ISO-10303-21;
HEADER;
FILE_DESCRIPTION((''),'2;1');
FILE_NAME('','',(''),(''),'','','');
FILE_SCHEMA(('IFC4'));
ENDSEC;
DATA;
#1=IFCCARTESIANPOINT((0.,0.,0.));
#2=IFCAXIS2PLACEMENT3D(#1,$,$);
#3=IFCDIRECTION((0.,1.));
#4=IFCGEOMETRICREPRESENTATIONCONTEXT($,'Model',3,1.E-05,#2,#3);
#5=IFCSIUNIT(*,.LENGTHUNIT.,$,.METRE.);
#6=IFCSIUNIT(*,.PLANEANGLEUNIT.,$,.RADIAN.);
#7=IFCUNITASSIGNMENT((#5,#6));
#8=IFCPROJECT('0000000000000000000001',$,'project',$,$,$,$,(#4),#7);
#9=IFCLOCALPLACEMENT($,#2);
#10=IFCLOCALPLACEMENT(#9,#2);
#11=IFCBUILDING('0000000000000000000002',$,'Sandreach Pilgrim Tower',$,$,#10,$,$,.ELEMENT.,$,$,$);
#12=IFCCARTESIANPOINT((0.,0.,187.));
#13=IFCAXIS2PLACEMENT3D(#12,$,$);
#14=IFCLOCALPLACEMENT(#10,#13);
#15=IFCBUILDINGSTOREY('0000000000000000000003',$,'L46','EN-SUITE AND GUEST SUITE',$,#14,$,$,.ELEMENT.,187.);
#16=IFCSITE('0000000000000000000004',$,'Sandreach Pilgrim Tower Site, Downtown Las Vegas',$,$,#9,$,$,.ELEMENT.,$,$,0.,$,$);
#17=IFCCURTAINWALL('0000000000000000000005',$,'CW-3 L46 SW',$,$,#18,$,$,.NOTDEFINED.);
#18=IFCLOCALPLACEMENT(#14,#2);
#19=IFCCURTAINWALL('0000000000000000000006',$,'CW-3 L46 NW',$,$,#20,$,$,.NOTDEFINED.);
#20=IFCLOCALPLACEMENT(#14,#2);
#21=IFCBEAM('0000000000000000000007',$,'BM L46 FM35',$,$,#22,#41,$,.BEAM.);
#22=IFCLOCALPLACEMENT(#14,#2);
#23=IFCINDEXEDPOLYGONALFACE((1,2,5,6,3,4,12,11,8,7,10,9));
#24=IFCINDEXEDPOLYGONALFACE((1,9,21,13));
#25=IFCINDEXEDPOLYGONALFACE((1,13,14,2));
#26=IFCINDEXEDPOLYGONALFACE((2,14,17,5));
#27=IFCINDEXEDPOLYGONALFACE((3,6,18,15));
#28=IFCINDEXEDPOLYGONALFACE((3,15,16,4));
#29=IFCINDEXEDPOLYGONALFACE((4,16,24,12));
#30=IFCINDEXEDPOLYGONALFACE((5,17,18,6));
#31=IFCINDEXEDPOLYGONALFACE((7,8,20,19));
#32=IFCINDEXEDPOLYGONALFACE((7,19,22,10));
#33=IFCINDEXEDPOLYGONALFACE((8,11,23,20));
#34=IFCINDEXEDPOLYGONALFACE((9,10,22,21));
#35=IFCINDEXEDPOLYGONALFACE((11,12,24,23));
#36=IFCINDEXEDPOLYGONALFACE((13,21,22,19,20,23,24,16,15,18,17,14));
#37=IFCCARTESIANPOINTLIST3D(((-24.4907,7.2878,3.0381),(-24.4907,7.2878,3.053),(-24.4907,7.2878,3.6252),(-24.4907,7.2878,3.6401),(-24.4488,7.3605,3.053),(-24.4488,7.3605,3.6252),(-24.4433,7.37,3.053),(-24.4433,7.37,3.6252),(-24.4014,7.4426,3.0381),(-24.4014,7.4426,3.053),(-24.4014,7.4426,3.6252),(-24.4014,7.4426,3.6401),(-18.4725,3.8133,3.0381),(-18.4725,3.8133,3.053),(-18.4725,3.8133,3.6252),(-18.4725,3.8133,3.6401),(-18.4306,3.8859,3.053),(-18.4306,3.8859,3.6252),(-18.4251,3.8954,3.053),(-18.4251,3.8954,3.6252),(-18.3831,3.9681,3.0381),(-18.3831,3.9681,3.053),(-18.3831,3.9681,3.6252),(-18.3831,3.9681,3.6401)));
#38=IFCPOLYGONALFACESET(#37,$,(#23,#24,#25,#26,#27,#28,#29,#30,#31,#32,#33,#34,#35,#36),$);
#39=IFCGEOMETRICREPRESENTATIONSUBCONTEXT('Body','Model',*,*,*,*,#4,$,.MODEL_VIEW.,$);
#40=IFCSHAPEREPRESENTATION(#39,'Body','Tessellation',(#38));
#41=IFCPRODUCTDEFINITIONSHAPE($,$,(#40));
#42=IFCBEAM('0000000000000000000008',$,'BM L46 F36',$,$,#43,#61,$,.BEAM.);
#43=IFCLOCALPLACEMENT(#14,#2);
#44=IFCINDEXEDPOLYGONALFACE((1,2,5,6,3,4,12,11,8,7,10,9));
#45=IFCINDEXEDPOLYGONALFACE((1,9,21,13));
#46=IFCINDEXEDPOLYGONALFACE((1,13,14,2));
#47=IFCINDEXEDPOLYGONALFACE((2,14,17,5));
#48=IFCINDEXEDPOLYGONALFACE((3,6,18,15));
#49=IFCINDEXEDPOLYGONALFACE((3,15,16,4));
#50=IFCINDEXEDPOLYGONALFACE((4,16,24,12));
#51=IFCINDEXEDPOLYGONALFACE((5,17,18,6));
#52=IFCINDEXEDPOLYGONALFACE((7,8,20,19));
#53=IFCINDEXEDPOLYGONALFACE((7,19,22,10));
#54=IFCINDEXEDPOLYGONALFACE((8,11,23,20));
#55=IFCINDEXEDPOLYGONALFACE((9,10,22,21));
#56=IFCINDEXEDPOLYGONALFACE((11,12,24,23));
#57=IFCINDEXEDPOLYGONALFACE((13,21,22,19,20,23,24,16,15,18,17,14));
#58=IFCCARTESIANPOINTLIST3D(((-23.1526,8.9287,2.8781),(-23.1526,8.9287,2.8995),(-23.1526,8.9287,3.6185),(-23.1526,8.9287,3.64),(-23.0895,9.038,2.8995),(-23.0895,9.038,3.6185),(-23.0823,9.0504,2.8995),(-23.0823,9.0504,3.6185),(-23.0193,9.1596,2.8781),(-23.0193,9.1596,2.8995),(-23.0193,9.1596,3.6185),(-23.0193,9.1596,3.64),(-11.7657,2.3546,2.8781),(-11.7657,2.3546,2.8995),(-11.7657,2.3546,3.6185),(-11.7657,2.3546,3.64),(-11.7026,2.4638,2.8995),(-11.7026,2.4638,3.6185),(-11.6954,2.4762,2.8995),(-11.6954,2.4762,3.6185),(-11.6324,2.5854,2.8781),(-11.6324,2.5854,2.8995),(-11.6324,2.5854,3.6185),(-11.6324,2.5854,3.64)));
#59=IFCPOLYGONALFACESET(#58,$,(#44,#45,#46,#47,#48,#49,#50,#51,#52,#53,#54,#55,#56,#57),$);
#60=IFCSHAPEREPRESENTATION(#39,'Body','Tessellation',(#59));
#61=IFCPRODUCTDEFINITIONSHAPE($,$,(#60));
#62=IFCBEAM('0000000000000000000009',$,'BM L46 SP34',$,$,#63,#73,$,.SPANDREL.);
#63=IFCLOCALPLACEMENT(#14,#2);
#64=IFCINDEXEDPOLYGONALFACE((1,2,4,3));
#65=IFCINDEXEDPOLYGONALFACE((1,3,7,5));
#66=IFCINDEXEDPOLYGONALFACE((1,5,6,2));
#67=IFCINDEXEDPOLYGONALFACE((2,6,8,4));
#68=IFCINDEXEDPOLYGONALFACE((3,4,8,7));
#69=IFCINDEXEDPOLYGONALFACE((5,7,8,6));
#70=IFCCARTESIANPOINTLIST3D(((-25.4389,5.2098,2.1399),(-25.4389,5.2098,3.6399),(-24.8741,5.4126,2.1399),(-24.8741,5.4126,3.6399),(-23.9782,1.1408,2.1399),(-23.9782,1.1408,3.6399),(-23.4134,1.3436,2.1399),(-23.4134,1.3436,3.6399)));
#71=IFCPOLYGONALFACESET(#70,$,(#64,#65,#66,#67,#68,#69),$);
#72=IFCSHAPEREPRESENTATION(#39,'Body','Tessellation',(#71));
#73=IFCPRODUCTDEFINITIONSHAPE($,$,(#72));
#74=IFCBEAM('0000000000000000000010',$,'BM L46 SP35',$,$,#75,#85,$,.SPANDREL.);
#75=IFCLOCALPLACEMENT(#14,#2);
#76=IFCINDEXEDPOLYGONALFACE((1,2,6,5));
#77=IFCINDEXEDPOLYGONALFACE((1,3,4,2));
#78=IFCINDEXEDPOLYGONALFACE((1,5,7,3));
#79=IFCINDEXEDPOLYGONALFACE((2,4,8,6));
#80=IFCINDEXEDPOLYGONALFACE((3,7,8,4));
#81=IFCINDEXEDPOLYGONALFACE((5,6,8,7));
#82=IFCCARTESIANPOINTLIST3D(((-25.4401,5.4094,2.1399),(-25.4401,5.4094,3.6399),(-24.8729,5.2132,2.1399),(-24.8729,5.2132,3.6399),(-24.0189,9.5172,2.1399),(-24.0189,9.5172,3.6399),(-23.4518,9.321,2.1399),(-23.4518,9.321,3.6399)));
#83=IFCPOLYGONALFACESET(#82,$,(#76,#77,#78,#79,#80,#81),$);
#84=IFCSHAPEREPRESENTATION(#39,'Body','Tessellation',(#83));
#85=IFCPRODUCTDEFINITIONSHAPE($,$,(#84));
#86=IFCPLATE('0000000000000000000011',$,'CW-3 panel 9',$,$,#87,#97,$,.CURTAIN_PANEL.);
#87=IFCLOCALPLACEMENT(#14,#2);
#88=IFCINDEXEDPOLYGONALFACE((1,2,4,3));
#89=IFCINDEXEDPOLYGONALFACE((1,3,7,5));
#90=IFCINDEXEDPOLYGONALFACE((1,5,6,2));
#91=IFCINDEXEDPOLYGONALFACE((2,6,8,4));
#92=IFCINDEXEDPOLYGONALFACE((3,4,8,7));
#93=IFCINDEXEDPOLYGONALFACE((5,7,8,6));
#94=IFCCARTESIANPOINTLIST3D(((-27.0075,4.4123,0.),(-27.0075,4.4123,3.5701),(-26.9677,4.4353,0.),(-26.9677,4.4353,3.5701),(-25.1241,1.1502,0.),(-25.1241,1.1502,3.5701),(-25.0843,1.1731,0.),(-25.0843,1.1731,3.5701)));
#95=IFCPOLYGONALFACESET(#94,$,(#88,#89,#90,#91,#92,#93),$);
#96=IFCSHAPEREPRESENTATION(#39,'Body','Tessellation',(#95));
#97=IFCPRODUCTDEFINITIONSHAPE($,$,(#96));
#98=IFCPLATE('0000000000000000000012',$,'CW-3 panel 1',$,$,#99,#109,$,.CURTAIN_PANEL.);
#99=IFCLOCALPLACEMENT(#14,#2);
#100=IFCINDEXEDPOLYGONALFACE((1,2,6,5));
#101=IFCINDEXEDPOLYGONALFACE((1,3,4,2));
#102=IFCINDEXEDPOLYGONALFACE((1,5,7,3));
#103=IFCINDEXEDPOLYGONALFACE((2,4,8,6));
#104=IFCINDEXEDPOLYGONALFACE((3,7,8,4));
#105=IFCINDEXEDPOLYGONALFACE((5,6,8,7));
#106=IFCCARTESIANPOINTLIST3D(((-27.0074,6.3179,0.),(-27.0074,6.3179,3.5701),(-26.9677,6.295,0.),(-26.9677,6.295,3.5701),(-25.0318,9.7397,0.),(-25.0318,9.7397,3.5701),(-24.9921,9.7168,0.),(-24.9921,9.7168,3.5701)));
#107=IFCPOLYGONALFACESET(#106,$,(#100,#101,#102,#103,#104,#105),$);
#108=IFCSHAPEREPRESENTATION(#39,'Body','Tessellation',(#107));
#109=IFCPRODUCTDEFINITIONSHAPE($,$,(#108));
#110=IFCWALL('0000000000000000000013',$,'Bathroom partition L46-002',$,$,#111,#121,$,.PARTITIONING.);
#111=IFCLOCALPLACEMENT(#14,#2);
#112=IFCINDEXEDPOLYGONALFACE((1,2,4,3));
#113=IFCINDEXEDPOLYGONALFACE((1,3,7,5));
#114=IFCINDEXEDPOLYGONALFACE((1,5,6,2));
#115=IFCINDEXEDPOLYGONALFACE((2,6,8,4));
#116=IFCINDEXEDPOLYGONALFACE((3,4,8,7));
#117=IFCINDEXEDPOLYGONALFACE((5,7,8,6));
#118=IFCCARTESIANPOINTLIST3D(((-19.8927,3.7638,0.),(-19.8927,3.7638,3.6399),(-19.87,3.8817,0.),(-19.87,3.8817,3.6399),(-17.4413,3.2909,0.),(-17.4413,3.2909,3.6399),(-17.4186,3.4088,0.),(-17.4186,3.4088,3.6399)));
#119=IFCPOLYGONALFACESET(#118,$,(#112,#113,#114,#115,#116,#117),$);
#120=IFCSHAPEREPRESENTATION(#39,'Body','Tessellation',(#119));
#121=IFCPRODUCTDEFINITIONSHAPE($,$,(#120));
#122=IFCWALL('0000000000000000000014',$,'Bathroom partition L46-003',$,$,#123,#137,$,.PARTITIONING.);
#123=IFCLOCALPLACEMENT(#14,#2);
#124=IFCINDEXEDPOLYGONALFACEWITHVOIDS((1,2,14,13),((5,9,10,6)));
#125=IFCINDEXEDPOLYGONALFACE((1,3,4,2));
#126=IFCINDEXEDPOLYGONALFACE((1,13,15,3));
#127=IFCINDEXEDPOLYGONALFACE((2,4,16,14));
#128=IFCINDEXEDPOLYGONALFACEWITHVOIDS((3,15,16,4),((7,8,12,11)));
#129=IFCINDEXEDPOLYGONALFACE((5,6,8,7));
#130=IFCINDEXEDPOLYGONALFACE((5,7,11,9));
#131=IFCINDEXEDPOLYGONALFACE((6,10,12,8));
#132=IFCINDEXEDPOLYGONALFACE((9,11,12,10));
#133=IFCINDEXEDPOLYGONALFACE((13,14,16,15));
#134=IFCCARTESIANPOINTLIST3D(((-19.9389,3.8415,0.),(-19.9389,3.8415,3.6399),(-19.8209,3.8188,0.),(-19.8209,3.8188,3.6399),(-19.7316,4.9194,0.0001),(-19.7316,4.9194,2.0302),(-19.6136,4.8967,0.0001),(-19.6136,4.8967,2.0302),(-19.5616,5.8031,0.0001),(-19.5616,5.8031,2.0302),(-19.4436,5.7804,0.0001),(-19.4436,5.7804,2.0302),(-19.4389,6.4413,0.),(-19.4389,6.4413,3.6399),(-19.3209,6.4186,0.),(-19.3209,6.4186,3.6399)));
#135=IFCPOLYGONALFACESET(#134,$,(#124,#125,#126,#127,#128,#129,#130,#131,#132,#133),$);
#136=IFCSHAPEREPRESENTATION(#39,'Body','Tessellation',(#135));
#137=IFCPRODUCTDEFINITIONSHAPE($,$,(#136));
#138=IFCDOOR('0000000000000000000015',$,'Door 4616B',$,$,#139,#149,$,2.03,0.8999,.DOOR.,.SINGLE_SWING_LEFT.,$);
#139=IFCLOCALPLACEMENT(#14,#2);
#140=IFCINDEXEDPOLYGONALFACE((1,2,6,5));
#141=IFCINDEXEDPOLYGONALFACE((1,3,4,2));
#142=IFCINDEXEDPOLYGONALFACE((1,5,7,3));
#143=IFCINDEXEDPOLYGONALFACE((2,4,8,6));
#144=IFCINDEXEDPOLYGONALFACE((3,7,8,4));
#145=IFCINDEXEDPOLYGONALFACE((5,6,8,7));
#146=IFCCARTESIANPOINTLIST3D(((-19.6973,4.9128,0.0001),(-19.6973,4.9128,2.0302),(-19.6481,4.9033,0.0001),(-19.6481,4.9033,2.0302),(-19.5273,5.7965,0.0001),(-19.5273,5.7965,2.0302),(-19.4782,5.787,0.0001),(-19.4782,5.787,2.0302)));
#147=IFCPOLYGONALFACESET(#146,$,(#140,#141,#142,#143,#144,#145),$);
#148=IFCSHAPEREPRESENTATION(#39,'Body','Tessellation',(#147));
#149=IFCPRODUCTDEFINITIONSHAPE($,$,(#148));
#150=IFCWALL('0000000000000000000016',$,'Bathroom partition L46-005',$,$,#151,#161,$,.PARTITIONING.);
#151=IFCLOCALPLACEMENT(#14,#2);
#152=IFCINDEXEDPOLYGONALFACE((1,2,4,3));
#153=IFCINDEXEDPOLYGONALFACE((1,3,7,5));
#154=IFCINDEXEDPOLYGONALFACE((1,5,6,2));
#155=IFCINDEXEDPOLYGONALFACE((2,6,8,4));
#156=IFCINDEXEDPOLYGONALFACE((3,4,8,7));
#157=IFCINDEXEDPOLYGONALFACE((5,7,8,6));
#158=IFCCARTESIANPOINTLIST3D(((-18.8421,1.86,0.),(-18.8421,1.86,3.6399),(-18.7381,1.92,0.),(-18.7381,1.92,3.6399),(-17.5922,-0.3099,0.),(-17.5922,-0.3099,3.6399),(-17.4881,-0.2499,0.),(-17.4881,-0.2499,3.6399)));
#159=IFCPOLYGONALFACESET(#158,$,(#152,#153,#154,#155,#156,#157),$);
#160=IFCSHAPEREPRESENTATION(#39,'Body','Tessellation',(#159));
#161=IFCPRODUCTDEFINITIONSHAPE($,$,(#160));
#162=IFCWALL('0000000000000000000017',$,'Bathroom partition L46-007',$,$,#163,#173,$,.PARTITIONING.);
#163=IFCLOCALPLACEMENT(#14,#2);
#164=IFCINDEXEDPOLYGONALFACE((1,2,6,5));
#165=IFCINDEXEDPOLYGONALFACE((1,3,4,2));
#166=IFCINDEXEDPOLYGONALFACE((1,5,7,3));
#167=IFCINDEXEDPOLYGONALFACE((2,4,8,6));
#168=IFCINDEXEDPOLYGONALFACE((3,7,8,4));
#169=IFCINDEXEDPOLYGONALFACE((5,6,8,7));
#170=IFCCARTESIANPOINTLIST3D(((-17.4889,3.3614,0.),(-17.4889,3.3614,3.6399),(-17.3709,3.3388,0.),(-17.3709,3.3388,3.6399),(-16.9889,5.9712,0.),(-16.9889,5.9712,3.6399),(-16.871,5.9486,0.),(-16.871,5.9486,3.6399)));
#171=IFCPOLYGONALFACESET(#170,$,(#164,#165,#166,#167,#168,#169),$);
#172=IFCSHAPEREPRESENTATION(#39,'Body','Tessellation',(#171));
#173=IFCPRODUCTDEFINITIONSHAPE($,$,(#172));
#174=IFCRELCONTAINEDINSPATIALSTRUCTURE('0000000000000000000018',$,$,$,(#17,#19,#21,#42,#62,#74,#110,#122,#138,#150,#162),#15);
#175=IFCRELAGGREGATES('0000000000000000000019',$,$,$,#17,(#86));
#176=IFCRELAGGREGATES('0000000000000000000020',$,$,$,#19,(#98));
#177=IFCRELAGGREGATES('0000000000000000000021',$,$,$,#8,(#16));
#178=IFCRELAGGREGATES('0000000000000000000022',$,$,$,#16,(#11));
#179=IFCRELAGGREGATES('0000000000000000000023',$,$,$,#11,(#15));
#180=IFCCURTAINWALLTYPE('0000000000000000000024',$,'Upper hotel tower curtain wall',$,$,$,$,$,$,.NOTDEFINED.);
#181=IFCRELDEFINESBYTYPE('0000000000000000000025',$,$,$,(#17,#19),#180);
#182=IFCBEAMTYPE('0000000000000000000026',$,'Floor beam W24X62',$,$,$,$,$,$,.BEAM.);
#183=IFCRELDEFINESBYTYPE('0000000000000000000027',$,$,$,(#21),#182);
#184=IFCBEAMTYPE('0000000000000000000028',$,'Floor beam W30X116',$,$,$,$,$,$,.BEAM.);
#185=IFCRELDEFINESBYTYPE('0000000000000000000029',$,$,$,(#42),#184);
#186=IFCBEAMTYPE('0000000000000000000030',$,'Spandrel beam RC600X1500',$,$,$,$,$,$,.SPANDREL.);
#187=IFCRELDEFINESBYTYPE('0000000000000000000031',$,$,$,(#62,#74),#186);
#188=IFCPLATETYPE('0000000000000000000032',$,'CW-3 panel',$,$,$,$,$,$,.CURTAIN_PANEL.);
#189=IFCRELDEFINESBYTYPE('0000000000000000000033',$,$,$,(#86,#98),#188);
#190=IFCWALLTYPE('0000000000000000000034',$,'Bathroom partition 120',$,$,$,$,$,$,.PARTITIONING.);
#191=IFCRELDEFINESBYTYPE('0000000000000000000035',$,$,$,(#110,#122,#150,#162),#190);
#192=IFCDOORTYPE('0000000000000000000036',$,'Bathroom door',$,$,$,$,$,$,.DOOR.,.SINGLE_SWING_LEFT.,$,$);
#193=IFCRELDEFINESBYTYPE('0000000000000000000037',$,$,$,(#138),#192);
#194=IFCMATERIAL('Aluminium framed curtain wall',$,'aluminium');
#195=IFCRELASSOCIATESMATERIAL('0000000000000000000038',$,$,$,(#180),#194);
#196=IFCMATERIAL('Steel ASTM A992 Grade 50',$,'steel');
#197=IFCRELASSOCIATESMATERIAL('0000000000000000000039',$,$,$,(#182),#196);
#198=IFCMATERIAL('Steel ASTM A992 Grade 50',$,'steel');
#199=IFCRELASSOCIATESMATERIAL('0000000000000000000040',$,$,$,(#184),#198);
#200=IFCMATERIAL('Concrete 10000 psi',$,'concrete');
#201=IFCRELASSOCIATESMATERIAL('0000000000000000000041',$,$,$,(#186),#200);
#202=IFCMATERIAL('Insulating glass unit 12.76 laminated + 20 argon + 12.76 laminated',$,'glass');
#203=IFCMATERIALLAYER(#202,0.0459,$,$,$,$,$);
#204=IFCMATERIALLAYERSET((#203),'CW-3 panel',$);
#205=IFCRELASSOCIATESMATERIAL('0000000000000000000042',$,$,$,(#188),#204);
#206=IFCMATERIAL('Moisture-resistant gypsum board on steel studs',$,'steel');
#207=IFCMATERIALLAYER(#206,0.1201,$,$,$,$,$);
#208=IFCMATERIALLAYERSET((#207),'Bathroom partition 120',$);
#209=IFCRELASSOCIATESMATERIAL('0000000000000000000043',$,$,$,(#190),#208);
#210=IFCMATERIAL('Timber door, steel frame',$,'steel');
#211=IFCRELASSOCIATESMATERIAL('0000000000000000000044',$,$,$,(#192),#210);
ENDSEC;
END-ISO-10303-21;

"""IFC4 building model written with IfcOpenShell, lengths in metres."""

from ifc_helpers import new_model, si_unit, direction, frame, frame_2d, origin, origin_2d, place, context, subcontext, project, spatial, rectangle, i_section, extrude, material, layer, layer_set, material_profile, profile_set, type_object, element, fill, aggregate, save


model = new_model("IFC4")

# Units and contexts
model_context = context("Model", 3, precision=1e-05, world=origin(), true_north=direction((0.0, 1.0)))
body_context = subcontext(model_context, "Body", "Model", "MODEL_VIEW")
ifc_project = project(units=[si_unit("LENGTHUNIT", "METRE"), si_unit("PLANEANGLEUNIT", "RADIAN")], contexts=[model_context])

# Site, building, storey
site_placement = place(None, origin())
site = spatial("IfcSite", under=ifc_project, at=site_placement, Name="Sandreach Pilgrim Tower Site, Downtown Las Vegas", CompositionType="ELEMENT", RefElevation=0.0)
building_placement = place(site_placement, origin())
building = spatial("IfcBuilding", under=site, at=building_placement, Name="Sandreach Pilgrim Tower", CompositionType="ELEMENT")
storey_placement = place(building_placement, frame((0.0, 0.0, 187.0)))
storey = spatial("IfcBuildingStorey", under=building, at=storey_placement, Name="L46", Description="EN-SUITE AND GUEST SUITE", CompositionType="ELEMENT", Elevation=187.0)

# Curtain wall
ifc_material_1 = material(Name="Aluminium framed curtain wall", Category="aluminium")
curtain_wall_type = type_object("IfcCurtainWallType", Name="Upper hotel tower curtain wall", PredefinedType="NOTDEFINED", material=ifc_material_1)
curtain_wall_1_placement = place(storey_placement, origin())
curtain_wall_1 = element("IfcCurtainWall", 1, at=curtain_wall_1_placement, inside=storey, type_object=curtain_wall_type, Name="CW-3 L46 SW", PredefinedType="NOTDEFINED")

# Curtain wall
curtain_wall_2_placement = place(storey_placement, origin())
curtain_wall_2 = element("IfcCurtainWall", 2, at=curtain_wall_2_placement, inside=storey, type_object=curtain_wall_type, Name="CW-3 L46 NW", PredefinedType="NOTDEFINED")

# Beams
ifc_material_2 = material(Name="Steel ASTM A992 Grade 50", Category="steel")
ifc_material_profile_1 = material_profile(ifc_material_2, i_section(OverallWidth=0.1787, OverallDepth=0.6021, WebThickness=0.011, FlangeThickness=0.0149, at=origin_2d()), Name="W24X62")
ifc_profile_set_1 = profile_set([ifc_material_profile_1], Name="Steel ASTM A992 Grade 50")
beam_type_1 = type_object("IfcBeamType", Name="Floor beam W24X62", PredefinedType="BEAM", material=ifc_profile_set_1)
beam_1_placement = place(storey_placement, frame((-24.446, 7.3652, 3.3391), z_axis=(0.866029, -0.499993, 0.0), x_axis=(0.499993, 0.866029, 0.0)))
element("IfcBeam", 3, at=beam_1_placement, inside=storey, type_object=beam_type_1, Name="BM L46 FM35", PredefinedType="BEAM", context=body_context, shape_type="SweptSolid", body=[
    extrude(i_section(OverallWidth=0.1787, OverallDepth=0.6021, WebThickness=0.011, FlangeThickness=0.0149, at=origin_2d()), origin(), (0.0, 0.0, 1.0), 6.9492),
])
ifc_material_3 = material(Name="Steel ASTM A992 Grade 50", Category="steel")
ifc_material_profile_2 = material_profile(ifc_material_3, i_section(OverallWidth=0.2666, OverallDepth=0.762, WebThickness=0.0144, FlangeThickness=0.0215, at=origin_2d()), Name="W30X116")
ifc_profile_set_2 = profile_set([ifc_material_profile_2], Name="Steel ASTM A992 Grade 50")
beam_type_2 = type_object("IfcBeamType", Name="Floor beam W30X116", PredefinedType="BEAM", material=ifc_profile_set_2)
beam_2_placement = place(storey_placement, frame((-23.0859, 9.0442, 3.259), z_axis=(0.866027, -0.499997, 0.0), x_axis=(0.499997, 0.866027, 0.0)))
element("IfcBeam", 4, at=beam_2_placement, inside=storey, type_object=beam_type_2, Name="BM L46 F36", PredefinedType="BEAM", context=body_context, shape_type="SweptSolid", body=[
    extrude(i_section(OverallWidth=0.2666, OverallDepth=0.762, WebThickness=0.0144, FlangeThickness=0.0215, at=origin_2d()), origin(), (0.0, 0.0, 1.0), 13.1484),
])
ifc_material_4 = material(Name="Concrete 10000 psi", Category="concrete")
ifc_material_profile_3 = material_profile(ifc_material_4, rectangle(XDim=0.6001, YDim=1.5, at=origin_2d()), Name="RC600X1500")
ifc_profile_set_3 = profile_set([ifc_material_profile_3], Name="Concrete 10000 psi")
beam_type_3 = type_object("IfcBeamType", Name="Spandrel beam RC600X1500", PredefinedType="SPANDREL", material=ifc_profile_set_3)
beam_3_placement = place(storey_placement, frame((-23.6958, 1.2422, 2.8899), z_axis=(-0.337863, 0.941195, 0.0), x_axis=(-0.941195, -0.337863, 0.0)))
element("IfcBeam", 5, at=beam_3_placement, inside=storey, type_object=beam_type_3, Name="BM L46 SP34", PredefinedType="SPANDREL", context=body_context, shape_type="SweptSolid", body=[
    extrude(rectangle(XDim=0.6001, YDim=1.5, at=origin_2d()), origin(), (0.0, 0.0, 1.0), 4.3232),
])
beam_4_placement = place(storey_placement, frame((-25.1565, 5.3113, 2.8899), z_axis=(0.326941, 0.945045, 0.0), x_axis=(-0.945045, 0.326941, 0.0)))
element("IfcBeam", 6, at=beam_4_placement, inside=storey, type_object=beam_type_3, Name="BM L46 SP35", PredefinedType="SPANDREL", context=body_context, shape_type="SweptSolid", body=[
    extrude(rectangle(XDim=0.6001, YDim=1.5, at=origin_2d()), origin(), (0.0, 0.0, 1.0), 4.3467),
])

# Plates
ifc_material_5 = material(Name="Insulating glass unit 12.76 laminated + 20 argon + 12.76 laminated", Category="glass")
ifc_layer_1 = layer(ifc_material_5, 0.0459)
ifc_layer_set_1 = layer_set([ifc_layer_1], Name="CW-3 panel")
plate_type = type_object("IfcPlateType", Name="CW-3 panel", PredefinedType="CURTAIN_PANEL", material=ifc_layer_set_1)
plate_1_placement = place(storey_placement, frame((-26.0459, 2.7927, 0.0), z_axis=(0.0, 0.0, 1.0), x_axis=(-0.5, 0.866025, 0.0)))
plate_1 = element("IfcPlate", 7, at=plate_1_placement, type_object=plate_type, Name="CW-3 panel 9", PredefinedType="CURTAIN_PANEL", context=body_context, shape_type="SweptSolid", body=[
    extrude(rectangle(XDim=3.7668, YDim=0.0459, at=origin_2d()), origin(), (0.0, 0.0, 1.0), 3.5701),
])
aggregate(curtain_wall_1, [plate_1])
plate_2_placement = place(storey_placement, frame((-25.9998, 8.0173, 0.0), z_axis=(0.0, 0.0, 1.0), x_axis=(0.5, 0.866025, 0.0)))
plate_2 = element("IfcPlate", 8, at=plate_2_placement, type_object=plate_type, Name="CW-3 panel 1", PredefinedType="CURTAIN_PANEL", context=body_context, shape_type="SweptSolid", body=[
    extrude(rectangle(XDim=3.9512, YDim=0.0459, at=origin_2d()), origin(), (0.0, 0.0, 1.0), 3.5701),
])
aggregate(curtain_wall_2, [plate_2])

# Wall
ifc_material_6 = material(Name="Moisture-resistant gypsum board on steel studs", Category="steel")
ifc_layer_2 = layer(ifc_material_6, 0.1201)
ifc_layer_set_2 = layer_set([ifc_layer_2], Name="Bathroom partition 120")
wall_type_1 = type_object("IfcWallType", Name="Bathroom partition 120", PredefinedType="PARTITIONING", material=ifc_layer_set_2)
wall_1_placement = place(storey_placement, frame((-19.8813, 3.8228, 0.0), z_axis=(0.0, 0.0, 1.0), x_axis=(0.981897, -0.189417, 0.0)))
element("IfcWall", 9, at=wall_1_placement, inside=storey, type_object=wall_type_1, Name="Bathroom partition L46-002", PredefinedType="PARTITIONING", context=body_context, shape_type="SweptSolid", body=[
    extrude(rectangle(XDim=2.4966, YDim=0.1201, at=frame_2d((1.2483, 0.0))), origin(), (0.0, 0.0, 1.0), 3.6399),
])

# Wall, opening, door
wall_2_placement = place(storey_placement, frame((-19.3799, 6.4299, 0.0), z_axis=(0.0, 0.0, 1.0), x_axis=(-0.188858, -0.982004, 0.0)))
wall_2 = element("IfcWall", 10, at=wall_2_placement, inside=storey, type_object=wall_type_1, Name="Bathroom partition L46-003", PredefinedType="PARTITIONING", context=body_context, shape_type="SweptSolid", body=[
    extrude(rectangle(XDim=2.6475, YDim=0.1201, at=frame_2d((1.3237, 0.0))), origin(), (0.0, 0.0, 1.0), 3.6399),
])
opening_1_placement = place(wall_2_placement, frame((0.6499, 0.0, 0.0)))
opening_1 = element("IfcOpeningElement", 11, at=opening_1_placement, cuts=wall_2, PredefinedType="OPENING", context=body_context, shape_type="SweptSolid", body=[
    extrude(rectangle(XDim=0.8999, YDim=2.03, at=frame_2d((0.45, 1.0151))), frame((0.0, 0.0601, 0.0), z_axis=(0.0, -1.0, 0.0), x_axis=(1.0, 0.0, 0.0)), (0.0, 0.0, 1.0), 0.1201),
])
ifc_material_7 = material(Name="Timber door, steel frame", Category="steel")
door_type_1 = type_object("IfcDoorType", Name="Bathroom door", OperationType="SINGLE_SWING_LEFT", PredefinedType="DOOR", material=ifc_material_7)
door_1_placement = place(opening_1_placement, origin())
door_1 = element("IfcDoor", 12, at=door_1_placement, inside=storey, type_object=door_type_1, Name="Door 4616B", OperationType="SINGLE_SWING_LEFT", OverallHeight=2.03, OverallWidth=0.8999, PredefinedType="DOOR", context=body_context, shape_type="SweptSolid", body=[
    extrude(rectangle(XDim=0.8999, YDim=2.03, at=frame_2d((0.45, 1.0151))), frame((0.0, 0.0249, 0.0), z_axis=(0.0, -1.0, 0.0), x_axis=(1.0, 0.0, 0.0)), (0.0, 0.0, 1.0), 0.05),
])
fill(opening_1, door_1)

# Walls
wall_3_placement = place(storey_placement, frame((-18.79, 1.8899, 0.0), z_axis=(0.0, 0.0, 1.0), x_axis=(0.49916, -0.86651, 0.0)))
element("IfcWall", 13, at=wall_3_placement, inside=storey, type_object=wall_type_1, Name="Bathroom partition L46-005", PredefinedType="PARTITIONING", context=body_context, shape_type="SweptSolid", body=[
    extrude(rectangle(XDim=2.5042, YDim=0.1201, at=frame_2d((1.252, 0.0))), origin(), (0.0, 0.0, 1.0), 3.6399),
])
wall_4_placement = place(storey_placement, frame((-17.4299, 3.3501, 0.0), z_axis=(0.0, 0.0, 1.0), x_axis=(0.188159, 0.982139, 0.0)))
element("IfcWall", 14, at=wall_4_placement, inside=storey, type_object=wall_type_1, Name="Bathroom partition L46-007", PredefinedType="PARTITIONING", context=body_context, shape_type="SweptSolid", body=[
    extrude(rectangle(XDim=2.6572, YDim=0.1201, at=frame_2d((1.3286, 0.0))), origin(), (0.0, 0.0, 1.0), 3.6399),
])

save(model, "model.ifc")
